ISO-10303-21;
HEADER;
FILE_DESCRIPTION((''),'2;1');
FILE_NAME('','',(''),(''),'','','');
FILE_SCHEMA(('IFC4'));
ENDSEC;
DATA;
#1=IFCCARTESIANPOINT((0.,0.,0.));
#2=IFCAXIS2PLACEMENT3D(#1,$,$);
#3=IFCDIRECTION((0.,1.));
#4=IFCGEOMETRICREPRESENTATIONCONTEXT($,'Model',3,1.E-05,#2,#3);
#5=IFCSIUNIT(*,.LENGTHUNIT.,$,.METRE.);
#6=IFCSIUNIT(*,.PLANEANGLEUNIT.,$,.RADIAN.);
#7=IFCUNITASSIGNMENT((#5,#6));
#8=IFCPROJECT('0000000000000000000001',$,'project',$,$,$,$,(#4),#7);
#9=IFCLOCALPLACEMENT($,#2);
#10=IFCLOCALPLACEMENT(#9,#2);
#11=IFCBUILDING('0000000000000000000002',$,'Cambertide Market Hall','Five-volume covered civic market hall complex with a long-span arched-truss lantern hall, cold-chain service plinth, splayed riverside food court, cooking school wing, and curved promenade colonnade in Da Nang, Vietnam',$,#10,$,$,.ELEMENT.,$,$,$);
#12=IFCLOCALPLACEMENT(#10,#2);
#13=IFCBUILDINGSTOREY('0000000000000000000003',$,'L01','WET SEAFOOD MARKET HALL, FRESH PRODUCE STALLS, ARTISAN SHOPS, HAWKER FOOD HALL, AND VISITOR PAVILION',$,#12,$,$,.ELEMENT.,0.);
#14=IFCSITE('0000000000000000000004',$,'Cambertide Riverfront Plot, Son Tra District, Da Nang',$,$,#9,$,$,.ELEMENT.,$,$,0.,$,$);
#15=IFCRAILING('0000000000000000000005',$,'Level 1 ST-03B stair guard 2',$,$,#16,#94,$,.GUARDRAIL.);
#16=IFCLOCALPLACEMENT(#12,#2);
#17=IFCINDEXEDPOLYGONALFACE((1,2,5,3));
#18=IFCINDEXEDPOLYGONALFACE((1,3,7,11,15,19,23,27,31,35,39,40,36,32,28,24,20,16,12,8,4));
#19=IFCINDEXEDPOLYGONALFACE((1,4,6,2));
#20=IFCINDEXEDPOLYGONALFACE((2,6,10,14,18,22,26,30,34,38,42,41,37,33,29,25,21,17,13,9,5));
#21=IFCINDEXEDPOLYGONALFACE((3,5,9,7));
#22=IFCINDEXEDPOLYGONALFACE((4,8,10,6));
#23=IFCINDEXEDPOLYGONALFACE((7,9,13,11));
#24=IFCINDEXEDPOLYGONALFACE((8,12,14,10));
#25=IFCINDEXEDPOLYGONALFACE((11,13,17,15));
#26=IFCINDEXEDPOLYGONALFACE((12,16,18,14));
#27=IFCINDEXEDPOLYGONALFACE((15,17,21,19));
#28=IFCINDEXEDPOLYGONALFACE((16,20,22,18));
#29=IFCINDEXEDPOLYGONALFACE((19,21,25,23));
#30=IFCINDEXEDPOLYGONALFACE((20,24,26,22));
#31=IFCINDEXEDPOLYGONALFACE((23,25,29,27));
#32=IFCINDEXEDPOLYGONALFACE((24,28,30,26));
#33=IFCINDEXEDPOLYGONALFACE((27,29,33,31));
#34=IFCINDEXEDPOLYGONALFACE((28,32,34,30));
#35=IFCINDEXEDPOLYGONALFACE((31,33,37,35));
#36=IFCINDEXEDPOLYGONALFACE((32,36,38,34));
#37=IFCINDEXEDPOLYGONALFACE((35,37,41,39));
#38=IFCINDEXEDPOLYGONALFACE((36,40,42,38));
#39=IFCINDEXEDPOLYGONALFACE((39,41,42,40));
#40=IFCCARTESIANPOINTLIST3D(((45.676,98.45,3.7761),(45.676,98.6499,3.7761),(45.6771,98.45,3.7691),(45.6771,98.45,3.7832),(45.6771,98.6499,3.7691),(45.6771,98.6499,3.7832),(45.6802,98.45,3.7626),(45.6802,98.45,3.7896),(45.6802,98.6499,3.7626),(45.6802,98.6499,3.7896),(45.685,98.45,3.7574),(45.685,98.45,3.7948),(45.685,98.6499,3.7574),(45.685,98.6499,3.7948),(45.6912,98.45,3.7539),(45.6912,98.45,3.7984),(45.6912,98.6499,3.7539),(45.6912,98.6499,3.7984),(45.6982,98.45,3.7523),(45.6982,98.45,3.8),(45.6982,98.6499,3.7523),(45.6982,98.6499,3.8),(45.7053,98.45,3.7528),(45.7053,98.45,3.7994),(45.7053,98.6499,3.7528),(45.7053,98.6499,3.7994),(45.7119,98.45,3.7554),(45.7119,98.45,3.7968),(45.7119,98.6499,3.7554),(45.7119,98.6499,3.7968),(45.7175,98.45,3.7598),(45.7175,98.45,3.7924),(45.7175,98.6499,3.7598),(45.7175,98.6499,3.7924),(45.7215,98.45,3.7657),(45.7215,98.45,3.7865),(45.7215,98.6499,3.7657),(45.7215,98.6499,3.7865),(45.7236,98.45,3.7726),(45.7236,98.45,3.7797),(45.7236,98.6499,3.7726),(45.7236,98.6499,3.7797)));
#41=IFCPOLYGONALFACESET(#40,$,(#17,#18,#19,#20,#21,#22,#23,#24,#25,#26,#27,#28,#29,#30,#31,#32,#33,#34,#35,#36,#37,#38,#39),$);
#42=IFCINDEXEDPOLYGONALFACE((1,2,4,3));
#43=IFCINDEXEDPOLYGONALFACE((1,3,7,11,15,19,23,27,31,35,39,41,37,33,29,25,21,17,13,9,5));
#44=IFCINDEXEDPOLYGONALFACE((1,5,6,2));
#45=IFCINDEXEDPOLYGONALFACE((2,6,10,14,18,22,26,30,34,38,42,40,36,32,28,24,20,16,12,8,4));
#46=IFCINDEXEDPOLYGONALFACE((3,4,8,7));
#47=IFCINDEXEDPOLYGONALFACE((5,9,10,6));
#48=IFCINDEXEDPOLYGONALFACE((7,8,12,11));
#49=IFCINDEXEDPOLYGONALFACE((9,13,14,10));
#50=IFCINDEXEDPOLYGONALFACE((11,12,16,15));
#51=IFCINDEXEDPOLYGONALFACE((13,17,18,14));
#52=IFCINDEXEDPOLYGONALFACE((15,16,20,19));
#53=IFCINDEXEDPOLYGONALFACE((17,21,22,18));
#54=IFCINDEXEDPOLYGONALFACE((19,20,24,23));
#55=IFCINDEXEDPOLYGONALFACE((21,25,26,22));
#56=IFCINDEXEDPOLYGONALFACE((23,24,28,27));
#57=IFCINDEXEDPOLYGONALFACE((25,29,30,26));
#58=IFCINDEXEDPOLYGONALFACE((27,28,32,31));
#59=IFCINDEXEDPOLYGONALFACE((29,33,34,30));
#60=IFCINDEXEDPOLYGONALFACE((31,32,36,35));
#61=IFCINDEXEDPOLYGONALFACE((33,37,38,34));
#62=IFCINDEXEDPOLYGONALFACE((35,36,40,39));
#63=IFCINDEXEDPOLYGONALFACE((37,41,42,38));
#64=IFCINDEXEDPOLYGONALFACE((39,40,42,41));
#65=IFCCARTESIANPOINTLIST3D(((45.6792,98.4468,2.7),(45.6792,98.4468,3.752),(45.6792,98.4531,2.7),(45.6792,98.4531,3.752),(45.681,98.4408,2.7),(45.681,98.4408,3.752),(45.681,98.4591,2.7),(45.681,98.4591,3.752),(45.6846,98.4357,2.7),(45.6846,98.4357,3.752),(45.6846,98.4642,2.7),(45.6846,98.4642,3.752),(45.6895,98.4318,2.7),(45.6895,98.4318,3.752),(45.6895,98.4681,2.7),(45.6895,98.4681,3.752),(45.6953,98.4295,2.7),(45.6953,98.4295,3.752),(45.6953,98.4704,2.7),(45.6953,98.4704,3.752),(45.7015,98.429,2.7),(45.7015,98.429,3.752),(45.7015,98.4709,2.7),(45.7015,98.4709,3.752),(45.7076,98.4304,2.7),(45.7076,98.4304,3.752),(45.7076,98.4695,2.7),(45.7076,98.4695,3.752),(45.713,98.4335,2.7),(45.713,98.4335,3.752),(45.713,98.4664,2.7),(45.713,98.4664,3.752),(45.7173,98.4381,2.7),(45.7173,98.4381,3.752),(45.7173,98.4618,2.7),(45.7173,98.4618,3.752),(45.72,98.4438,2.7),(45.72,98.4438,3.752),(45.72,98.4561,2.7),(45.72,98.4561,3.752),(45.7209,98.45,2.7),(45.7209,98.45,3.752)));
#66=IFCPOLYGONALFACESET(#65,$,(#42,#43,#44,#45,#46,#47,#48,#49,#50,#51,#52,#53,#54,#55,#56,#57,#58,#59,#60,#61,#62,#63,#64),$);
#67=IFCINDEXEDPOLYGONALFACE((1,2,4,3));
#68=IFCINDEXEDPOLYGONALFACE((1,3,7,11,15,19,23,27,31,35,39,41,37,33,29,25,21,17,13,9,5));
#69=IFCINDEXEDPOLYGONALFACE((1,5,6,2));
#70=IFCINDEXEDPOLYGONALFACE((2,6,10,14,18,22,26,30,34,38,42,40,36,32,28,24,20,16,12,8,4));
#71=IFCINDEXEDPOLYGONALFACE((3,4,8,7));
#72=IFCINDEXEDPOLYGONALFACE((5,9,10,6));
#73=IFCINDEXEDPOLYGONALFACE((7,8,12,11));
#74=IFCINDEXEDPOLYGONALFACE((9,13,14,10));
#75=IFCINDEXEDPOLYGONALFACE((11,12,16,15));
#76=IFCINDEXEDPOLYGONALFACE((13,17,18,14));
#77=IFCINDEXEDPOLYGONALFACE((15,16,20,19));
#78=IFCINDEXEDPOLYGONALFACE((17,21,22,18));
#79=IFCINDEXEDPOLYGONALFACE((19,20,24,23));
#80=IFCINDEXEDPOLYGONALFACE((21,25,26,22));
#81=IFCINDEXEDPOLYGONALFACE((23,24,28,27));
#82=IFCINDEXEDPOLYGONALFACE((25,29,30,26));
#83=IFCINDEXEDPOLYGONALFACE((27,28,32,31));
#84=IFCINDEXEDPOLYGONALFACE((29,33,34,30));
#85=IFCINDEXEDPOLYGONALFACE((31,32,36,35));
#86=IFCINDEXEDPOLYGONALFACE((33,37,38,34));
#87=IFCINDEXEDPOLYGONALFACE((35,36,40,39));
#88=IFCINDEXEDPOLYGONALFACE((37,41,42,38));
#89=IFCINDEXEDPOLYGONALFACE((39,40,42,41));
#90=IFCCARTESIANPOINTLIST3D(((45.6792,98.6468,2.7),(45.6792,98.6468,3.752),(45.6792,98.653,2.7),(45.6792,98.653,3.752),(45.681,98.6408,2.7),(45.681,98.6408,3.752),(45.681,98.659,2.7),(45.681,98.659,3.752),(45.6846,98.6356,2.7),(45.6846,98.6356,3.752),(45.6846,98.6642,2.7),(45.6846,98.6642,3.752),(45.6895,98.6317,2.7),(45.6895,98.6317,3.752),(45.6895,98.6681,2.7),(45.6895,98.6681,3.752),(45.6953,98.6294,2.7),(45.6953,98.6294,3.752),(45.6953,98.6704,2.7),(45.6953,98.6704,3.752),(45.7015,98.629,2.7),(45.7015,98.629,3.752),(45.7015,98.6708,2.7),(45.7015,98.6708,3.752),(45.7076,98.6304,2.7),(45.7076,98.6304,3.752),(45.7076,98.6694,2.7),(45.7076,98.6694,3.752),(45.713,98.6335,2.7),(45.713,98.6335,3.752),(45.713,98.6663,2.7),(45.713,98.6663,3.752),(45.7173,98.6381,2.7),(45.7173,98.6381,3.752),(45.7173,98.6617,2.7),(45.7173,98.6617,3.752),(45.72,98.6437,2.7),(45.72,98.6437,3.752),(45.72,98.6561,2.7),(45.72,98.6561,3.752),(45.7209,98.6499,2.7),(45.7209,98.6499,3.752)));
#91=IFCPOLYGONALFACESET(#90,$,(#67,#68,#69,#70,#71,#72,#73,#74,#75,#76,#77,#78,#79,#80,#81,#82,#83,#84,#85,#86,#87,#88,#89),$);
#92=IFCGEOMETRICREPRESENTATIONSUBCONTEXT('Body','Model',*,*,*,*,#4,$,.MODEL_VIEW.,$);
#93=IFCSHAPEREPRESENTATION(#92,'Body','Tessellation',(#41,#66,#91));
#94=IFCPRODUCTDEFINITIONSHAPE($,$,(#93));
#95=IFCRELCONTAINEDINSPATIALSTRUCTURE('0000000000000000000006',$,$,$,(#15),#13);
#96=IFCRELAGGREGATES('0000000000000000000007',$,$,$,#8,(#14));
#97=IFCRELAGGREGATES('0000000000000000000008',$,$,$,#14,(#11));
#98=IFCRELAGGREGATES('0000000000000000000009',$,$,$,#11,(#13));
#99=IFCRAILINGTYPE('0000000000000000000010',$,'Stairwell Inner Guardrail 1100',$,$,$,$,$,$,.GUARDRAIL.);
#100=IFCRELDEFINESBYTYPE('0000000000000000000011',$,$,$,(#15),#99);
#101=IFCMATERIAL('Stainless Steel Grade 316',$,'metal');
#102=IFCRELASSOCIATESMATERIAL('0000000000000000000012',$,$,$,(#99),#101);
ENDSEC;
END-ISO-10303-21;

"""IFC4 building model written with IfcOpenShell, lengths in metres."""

from ifc_helpers import new_model, si_unit, direction, frame, origin, origin_2d, place, context, subcontext, project, spatial, circle, extrude, material, type_object, element, save


model = new_model("IFC4")

# Units and contexts
model_context = context("Model", 3, precision=1e-05, world=origin(), true_north=direction((0.0, 1.0)))
body_context = subcontext(model_context, "Body", "Model", "MODEL_VIEW")
ifc_project = project(units=[si_unit("LENGTHUNIT", "METRE"), si_unit("PLANEANGLEUNIT", "RADIAN")], contexts=[model_context])

# Site, building, storey
site_placement = place(None, origin())
site = spatial("IfcSite", under=ifc_project, at=site_placement, Name="Cambertide Riverfront Plot, Son Tra District, Da Nang", CompositionType="ELEMENT", RefElevation=0.0)
building_placement = place(site_placement, origin())
building = spatial("IfcBuilding", under=site, at=building_placement, Name="Cambertide Market Hall", Description="Five-volume covered civic market hall complex with a long-span arched-truss lantern hall, cold-chain service plinth, splayed riverside food court, cooking school wing, and curved promenade colonnade in Da Nang, Vietnam", CompositionType="ELEMENT")
storey_placement = place(building_placement, origin())
storey = spatial("IfcBuildingStorey", under=building, at=storey_placement, Name="L01", Description="WET SEAFOOD MARKET HALL, FRESH PRODUCE STALLS, ARTISAN SHOPS, HAWKER FOOD HALL, AND VISITOR PAVILION", CompositionType="ELEMENT", Elevation=0.0)

# Railing
ifc_material_1 = material(Name="Stainless Steel Grade 316", Category="metal")
railing_type_1 = type_object("IfcRailingType", Name="Stairwell Inner Guardrail 1100", PredefinedType="GUARDRAIL", material=ifc_material_1)
railing_1_placement = place(storey_placement, frame((45.7, 98.45, 2.7)))
element("IfcRailing", 1, at=railing_1_placement, inside=storey, type_object=railing_type_1, Name="Level 1 ST-03B stair guard 2", PredefinedType="GUARDRAIL", context=body_context, shape_type="SweptSolid", body=[
    extrude(circle(Radius=0.0239, at=origin_2d()), frame((0.0, 0.0, 1.0762), z_axis=(0.0, 1.0, 0.0), x_axis=(-1.0, 0.0, 0.0)), (0.0, 0.0, 1.0), 0.2),
    extrude(circle(Radius=0.021, at=origin_2d()), origin(), (0.0, 0.0, 1.0), 1.052),
    extrude(circle(Radius=0.021, at=origin_2d()), frame((0.0, 0.2, 0.0)), (0.0, 0.0, 1.0), 1.052),
])

save(model, "model.ifc")
